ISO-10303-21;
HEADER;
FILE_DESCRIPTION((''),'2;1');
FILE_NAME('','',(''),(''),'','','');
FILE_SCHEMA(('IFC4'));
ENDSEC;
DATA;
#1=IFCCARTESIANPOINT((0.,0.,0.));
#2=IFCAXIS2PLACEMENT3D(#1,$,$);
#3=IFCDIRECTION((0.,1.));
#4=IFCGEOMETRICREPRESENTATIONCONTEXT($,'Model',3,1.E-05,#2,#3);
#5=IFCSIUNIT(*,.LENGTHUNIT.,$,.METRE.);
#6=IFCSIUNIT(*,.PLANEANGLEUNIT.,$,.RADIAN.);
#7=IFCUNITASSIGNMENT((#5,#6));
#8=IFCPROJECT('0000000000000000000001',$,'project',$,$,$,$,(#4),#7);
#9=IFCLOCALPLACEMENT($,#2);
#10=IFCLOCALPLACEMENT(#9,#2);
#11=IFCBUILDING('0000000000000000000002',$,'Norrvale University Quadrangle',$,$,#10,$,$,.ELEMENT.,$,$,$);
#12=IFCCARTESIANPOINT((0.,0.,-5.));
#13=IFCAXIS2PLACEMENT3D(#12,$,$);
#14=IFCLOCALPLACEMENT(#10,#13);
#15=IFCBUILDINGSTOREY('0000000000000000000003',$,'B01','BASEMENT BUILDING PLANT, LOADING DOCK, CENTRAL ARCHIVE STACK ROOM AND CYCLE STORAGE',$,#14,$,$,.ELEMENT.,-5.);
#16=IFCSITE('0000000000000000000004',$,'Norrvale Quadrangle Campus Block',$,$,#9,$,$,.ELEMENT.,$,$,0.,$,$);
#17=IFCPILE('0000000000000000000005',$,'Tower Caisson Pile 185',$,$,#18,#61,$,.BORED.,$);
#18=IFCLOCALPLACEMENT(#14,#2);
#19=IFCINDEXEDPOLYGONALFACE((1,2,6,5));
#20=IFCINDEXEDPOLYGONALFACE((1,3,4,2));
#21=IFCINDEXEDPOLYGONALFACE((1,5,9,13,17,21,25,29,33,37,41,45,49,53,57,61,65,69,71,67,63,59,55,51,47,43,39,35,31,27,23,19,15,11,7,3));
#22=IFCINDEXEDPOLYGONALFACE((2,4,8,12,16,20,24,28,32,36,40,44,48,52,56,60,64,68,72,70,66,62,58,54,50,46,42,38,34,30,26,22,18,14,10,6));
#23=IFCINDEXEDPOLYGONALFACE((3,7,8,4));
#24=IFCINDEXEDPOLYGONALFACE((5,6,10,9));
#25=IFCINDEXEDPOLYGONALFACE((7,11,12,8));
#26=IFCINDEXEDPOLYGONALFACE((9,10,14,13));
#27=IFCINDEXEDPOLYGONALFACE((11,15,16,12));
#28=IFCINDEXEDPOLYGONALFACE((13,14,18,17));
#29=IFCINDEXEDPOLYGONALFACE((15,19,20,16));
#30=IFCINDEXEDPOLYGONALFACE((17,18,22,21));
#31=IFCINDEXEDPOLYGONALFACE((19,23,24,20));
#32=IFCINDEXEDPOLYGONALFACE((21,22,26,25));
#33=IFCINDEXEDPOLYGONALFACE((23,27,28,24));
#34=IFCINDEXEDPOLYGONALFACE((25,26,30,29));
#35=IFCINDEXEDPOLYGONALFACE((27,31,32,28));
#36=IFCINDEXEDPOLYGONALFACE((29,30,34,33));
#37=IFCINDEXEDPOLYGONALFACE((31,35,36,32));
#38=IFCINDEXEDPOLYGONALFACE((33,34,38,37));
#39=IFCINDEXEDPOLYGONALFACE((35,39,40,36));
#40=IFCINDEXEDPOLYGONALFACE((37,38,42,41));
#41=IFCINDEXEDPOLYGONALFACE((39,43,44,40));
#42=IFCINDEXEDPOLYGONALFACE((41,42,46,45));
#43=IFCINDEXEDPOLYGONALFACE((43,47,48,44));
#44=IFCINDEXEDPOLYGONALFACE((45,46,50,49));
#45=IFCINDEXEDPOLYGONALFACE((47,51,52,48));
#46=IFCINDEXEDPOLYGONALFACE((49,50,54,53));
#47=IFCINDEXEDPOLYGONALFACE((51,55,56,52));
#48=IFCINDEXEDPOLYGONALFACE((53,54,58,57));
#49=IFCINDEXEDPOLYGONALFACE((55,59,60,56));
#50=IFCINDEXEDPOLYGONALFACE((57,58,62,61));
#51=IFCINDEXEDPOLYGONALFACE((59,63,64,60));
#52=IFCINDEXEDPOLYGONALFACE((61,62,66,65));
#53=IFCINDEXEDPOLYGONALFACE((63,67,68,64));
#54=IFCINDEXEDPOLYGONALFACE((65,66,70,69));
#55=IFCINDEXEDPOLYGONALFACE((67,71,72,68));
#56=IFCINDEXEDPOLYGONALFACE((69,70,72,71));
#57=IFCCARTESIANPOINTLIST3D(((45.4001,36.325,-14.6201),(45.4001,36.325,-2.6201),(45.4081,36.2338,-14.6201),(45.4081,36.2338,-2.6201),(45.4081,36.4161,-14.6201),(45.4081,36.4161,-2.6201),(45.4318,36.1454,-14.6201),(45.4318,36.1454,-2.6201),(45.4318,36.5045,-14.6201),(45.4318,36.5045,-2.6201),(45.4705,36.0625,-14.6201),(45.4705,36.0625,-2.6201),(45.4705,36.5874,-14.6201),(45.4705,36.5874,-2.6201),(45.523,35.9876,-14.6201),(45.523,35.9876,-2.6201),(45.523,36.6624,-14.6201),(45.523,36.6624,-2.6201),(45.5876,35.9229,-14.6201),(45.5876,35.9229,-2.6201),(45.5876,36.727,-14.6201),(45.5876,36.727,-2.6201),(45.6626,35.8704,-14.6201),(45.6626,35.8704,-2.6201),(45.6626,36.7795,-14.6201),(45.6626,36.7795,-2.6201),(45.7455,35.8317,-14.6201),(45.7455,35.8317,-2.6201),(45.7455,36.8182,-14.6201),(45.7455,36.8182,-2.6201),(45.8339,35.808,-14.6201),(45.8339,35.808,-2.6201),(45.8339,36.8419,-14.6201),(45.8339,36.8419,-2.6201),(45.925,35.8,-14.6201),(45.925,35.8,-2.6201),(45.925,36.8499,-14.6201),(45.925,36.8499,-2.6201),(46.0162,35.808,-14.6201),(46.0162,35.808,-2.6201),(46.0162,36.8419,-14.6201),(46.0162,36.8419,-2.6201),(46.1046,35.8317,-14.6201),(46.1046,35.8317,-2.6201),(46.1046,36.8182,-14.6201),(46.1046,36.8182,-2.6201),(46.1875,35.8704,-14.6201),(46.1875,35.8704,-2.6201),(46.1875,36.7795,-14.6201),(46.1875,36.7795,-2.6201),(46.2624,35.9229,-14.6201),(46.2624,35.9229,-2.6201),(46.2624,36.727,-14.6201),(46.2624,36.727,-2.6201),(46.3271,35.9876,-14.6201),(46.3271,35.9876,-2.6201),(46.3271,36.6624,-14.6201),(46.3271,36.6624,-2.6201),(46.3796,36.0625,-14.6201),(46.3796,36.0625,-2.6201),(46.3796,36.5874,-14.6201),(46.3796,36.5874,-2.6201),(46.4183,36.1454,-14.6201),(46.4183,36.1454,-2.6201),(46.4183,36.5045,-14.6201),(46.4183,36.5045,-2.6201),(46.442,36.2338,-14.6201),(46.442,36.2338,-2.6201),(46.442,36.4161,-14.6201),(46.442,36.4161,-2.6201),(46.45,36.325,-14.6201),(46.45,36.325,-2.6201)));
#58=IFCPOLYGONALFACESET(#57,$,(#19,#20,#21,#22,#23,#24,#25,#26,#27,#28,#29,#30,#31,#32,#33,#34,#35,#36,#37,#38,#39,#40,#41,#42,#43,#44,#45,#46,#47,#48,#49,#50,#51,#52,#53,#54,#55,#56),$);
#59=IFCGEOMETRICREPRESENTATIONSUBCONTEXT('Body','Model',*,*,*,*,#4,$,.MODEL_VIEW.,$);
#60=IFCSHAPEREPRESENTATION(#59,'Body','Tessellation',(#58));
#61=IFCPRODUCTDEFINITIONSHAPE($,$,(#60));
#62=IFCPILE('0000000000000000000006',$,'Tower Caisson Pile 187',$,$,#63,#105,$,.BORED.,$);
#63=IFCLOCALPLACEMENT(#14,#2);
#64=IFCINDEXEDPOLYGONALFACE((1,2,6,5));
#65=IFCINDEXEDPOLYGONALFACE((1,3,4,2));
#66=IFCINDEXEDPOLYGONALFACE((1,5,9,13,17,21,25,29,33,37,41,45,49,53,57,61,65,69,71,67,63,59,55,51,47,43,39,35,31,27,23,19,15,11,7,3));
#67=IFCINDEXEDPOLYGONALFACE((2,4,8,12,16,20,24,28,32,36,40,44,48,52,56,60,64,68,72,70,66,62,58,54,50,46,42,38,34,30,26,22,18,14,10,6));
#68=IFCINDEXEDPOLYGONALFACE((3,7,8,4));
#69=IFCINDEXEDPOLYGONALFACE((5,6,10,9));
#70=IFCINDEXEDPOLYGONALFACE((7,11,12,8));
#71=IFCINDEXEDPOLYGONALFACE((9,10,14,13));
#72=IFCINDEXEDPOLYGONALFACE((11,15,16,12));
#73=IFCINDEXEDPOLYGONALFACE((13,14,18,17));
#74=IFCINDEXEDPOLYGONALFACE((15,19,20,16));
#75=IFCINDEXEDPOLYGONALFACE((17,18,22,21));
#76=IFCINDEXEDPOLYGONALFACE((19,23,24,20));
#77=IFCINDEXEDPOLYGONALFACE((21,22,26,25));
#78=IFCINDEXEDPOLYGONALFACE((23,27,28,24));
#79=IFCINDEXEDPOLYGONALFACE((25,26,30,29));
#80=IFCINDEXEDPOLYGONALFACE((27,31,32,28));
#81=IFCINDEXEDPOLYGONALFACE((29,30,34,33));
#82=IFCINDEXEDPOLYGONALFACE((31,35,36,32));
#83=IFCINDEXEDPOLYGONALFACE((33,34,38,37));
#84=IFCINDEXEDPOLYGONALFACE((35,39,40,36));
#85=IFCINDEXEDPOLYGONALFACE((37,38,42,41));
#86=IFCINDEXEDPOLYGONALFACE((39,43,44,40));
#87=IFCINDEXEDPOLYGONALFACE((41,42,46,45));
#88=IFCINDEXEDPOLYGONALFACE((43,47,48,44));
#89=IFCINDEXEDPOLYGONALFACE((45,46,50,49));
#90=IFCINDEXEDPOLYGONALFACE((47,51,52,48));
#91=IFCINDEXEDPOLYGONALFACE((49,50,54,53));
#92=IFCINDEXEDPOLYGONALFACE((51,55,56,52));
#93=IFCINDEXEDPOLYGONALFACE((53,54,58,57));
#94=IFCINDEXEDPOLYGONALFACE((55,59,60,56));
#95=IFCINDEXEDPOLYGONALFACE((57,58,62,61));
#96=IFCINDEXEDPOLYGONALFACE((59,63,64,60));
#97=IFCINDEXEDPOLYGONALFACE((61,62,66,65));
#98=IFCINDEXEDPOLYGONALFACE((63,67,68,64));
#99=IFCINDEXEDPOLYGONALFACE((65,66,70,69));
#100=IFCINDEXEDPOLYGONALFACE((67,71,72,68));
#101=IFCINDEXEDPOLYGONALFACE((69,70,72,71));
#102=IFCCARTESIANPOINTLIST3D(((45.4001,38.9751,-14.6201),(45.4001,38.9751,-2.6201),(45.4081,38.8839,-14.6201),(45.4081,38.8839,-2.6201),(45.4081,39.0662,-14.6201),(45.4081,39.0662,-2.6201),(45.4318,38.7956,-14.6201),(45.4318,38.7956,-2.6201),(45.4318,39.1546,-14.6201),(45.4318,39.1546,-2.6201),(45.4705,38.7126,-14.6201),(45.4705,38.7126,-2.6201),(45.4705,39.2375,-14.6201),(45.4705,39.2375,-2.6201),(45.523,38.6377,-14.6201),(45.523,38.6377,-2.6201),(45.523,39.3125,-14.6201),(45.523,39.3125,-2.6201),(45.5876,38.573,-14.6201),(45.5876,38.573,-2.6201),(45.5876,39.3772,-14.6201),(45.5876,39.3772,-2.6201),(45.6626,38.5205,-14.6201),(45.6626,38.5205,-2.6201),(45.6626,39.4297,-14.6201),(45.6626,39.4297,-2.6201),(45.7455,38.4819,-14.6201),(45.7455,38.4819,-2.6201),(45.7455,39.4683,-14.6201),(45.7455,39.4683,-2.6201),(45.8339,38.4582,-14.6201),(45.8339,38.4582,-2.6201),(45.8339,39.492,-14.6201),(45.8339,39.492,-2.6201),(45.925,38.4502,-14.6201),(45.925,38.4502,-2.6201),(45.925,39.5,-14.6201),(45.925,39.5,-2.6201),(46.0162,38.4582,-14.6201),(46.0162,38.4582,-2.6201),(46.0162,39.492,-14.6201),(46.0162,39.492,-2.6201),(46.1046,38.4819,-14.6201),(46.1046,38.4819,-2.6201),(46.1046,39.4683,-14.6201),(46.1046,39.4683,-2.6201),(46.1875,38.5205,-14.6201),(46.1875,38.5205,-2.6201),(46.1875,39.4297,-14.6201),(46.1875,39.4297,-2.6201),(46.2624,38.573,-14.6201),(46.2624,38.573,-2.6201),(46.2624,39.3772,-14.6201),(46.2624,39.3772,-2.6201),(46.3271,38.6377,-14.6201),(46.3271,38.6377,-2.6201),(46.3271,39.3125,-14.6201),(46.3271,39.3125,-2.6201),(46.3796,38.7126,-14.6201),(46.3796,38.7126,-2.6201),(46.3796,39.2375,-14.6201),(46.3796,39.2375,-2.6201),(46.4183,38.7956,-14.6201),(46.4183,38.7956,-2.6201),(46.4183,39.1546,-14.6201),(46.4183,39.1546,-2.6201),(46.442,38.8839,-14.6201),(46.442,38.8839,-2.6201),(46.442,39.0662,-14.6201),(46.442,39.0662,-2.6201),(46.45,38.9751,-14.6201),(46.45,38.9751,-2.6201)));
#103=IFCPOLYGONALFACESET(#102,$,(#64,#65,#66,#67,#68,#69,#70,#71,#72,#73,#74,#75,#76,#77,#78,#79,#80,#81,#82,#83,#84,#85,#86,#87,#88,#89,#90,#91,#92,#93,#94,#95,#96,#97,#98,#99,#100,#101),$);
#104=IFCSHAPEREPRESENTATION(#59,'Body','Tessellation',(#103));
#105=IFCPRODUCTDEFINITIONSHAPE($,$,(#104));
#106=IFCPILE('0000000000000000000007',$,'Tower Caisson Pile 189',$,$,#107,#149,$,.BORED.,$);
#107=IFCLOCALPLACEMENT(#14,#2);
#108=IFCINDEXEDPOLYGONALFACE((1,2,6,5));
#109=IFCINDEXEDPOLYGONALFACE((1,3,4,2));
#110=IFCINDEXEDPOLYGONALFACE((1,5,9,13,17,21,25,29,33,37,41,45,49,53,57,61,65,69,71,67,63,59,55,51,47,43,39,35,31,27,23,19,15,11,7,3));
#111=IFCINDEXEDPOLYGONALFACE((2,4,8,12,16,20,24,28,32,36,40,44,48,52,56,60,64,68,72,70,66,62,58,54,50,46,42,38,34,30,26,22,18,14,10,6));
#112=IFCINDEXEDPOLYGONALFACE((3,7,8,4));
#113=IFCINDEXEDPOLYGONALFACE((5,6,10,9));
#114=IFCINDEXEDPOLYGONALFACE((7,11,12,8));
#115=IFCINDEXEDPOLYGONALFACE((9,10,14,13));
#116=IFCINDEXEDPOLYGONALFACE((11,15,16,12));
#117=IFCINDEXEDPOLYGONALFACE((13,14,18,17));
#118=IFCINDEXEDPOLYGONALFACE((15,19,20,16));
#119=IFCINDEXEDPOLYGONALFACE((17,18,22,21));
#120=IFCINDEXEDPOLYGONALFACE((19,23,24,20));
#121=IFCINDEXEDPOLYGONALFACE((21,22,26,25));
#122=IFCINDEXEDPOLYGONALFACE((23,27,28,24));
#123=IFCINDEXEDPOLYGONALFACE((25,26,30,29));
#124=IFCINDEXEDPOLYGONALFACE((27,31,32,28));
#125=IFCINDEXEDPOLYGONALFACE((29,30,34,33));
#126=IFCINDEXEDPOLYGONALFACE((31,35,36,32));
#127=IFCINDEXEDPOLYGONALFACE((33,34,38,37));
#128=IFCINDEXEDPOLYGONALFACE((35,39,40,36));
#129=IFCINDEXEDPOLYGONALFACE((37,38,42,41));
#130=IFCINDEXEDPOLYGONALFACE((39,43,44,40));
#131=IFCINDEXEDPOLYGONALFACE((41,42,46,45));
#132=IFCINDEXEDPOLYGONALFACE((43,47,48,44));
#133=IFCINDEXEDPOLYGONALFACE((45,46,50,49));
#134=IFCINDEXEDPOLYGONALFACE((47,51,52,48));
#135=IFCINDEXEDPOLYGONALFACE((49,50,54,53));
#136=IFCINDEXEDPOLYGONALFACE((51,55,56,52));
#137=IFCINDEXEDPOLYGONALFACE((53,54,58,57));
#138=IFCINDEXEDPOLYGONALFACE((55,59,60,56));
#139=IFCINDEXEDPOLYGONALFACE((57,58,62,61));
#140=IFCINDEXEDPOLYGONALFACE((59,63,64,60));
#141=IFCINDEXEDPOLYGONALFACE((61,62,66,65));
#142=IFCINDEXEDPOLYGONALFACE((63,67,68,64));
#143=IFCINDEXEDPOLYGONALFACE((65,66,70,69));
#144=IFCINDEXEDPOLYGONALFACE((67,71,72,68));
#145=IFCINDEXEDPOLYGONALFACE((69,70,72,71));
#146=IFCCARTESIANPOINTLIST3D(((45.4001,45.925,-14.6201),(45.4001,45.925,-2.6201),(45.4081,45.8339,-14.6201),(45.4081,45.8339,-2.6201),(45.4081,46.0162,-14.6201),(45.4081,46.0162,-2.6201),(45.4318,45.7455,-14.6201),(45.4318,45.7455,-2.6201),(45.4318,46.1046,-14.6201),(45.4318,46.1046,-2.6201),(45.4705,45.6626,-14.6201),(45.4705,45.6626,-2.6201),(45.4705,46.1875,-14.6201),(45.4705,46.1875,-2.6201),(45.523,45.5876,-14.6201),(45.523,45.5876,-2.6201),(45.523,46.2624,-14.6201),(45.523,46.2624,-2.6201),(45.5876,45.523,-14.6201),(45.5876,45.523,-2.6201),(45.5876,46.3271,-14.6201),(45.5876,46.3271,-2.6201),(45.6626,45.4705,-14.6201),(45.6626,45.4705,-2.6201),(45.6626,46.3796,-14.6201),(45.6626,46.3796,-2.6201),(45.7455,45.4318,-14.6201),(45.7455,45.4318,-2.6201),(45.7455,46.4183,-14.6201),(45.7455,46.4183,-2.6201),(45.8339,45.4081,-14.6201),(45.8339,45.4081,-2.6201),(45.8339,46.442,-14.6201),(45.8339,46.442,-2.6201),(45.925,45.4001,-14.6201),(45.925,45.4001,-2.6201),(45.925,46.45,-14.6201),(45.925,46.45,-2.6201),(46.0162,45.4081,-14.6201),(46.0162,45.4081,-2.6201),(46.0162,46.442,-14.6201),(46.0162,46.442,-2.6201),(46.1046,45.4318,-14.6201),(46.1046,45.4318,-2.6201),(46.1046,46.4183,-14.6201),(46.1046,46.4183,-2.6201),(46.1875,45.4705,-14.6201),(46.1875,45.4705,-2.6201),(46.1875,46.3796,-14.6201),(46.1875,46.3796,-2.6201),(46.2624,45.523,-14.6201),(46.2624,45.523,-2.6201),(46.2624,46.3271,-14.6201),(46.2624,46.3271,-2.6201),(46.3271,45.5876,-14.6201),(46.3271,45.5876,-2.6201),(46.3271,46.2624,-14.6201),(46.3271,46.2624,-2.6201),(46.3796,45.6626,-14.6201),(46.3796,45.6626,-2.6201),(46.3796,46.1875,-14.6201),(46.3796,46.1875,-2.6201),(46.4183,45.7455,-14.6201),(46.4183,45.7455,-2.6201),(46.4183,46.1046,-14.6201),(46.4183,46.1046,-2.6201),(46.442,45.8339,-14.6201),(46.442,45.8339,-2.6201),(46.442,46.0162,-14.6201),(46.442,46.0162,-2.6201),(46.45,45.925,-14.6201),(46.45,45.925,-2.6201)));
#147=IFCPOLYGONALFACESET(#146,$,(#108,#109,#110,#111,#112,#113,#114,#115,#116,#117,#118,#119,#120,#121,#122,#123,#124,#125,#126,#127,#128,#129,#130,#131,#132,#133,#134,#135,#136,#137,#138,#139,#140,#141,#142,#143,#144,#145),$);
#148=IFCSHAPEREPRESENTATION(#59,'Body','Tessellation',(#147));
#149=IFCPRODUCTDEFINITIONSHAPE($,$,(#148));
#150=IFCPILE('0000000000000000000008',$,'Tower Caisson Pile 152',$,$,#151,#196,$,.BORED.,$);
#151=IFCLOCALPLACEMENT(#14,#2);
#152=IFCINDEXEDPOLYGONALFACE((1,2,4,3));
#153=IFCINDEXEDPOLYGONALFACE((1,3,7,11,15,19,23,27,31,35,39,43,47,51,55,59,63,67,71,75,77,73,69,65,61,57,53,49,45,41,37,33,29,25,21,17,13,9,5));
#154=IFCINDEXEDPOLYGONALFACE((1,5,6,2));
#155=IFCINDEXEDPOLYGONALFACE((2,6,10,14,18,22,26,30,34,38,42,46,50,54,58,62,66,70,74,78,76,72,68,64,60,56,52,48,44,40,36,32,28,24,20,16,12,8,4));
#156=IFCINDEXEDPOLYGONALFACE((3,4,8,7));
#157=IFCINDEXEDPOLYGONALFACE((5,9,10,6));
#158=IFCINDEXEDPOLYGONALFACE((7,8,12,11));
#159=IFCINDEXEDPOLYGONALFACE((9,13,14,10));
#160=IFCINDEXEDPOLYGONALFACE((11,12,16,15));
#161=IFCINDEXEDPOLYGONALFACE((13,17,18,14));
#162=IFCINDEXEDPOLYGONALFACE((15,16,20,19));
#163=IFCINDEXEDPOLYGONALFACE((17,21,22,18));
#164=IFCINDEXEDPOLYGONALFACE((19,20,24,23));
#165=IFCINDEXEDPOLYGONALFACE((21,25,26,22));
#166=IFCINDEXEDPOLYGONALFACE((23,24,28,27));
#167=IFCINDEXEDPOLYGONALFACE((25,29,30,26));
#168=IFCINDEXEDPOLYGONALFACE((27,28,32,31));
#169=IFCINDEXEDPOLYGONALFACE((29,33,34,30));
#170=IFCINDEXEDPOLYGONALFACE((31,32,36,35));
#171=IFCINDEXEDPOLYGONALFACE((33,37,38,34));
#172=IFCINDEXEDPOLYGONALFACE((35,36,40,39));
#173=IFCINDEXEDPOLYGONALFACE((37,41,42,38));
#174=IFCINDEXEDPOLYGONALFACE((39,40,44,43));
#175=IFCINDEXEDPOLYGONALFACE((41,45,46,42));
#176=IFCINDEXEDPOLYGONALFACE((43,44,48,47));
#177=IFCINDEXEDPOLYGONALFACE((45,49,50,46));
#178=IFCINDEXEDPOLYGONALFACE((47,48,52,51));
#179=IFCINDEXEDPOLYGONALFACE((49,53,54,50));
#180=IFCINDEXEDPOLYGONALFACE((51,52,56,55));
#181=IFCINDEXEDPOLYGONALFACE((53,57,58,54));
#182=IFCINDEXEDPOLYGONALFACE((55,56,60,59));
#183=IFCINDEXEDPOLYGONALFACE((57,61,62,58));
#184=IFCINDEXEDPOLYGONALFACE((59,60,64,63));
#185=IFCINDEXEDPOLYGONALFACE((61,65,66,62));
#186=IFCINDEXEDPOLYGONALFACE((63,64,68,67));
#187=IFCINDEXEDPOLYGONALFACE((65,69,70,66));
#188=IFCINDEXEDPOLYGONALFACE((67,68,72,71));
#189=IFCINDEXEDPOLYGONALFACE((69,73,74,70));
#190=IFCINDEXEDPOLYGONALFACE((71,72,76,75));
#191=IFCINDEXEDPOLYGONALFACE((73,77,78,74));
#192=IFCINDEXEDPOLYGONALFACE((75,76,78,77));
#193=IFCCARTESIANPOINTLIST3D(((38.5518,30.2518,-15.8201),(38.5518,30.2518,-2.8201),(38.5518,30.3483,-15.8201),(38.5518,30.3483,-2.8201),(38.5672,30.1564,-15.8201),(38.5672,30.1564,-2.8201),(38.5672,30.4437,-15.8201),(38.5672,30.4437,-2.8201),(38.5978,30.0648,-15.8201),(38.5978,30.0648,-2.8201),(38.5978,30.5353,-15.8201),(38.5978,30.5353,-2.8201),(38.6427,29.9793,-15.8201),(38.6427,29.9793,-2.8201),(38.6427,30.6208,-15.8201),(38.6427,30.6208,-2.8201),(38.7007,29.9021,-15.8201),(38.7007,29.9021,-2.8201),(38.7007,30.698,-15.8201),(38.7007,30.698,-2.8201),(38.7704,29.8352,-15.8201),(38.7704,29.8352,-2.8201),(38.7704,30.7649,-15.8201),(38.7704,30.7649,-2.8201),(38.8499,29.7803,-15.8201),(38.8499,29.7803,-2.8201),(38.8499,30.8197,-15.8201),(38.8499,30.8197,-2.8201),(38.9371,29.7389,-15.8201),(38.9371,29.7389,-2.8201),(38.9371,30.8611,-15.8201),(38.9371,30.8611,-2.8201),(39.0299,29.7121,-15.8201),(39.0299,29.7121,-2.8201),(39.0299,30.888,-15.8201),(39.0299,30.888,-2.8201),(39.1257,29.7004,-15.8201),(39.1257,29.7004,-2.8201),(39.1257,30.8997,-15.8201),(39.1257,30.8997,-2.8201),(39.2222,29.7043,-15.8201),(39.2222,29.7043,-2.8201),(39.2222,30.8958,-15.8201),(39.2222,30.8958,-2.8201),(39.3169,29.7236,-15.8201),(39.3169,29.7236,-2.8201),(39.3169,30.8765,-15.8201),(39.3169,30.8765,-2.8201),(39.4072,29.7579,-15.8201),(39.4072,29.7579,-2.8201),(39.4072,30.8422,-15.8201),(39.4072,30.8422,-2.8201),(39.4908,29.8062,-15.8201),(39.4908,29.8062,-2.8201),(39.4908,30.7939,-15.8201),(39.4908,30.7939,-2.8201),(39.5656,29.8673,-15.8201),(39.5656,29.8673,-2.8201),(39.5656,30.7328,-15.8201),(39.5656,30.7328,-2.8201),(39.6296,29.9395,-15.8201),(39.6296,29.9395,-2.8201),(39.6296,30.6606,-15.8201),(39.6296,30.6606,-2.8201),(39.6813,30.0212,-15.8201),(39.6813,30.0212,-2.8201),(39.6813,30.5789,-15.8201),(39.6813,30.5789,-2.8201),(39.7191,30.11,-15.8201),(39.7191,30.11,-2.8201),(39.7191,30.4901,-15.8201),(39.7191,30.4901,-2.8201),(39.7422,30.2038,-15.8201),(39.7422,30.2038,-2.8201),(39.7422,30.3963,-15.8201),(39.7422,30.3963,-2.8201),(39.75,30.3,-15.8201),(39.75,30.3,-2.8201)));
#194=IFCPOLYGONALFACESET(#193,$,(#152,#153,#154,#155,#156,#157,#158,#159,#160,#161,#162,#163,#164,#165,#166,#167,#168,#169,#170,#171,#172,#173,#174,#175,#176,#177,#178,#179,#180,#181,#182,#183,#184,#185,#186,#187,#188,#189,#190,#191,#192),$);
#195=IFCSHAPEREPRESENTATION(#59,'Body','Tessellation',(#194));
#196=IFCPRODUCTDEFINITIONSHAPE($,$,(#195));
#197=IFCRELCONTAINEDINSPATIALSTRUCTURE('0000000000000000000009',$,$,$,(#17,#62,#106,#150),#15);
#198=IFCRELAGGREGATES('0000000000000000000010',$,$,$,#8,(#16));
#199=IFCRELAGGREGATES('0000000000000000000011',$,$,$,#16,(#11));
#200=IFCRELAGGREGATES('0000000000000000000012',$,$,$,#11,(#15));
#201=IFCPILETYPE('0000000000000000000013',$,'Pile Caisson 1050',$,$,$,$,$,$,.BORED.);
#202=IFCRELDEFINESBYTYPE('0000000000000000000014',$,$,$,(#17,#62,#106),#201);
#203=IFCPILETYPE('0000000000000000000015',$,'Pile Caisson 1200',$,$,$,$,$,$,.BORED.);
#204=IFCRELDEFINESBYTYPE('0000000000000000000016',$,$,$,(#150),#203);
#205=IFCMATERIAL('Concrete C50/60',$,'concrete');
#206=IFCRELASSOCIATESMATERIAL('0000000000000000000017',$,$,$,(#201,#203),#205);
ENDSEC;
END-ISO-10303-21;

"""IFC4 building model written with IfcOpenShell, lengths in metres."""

from ifc_helpers import new_model, si_unit, direction, frame, origin, origin_2d, place, context, subcontext, project, spatial, circle, extrude, material, material_profile, profile_set, type_object, element, save


model = new_model("IFC4")

# Units and contexts
model_context = context("Model", 3, precision=1e-05, world=origin(), true_north=direction((0.0, 1.0)))
body_context = subcontext(model_context, "Body", "Model", "MODEL_VIEW")
ifc_project = project(units=[si_unit("LENGTHUNIT", "METRE"), si_unit("PLANEANGLEUNIT", "RADIAN")], contexts=[model_context])

# Site, building, storey
site_placement = place(None, origin())
site = spatial("IfcSite", under=ifc_project, at=site_placement, Name="Norrvale Quadrangle Campus Block", CompositionType="ELEMENT", RefElevation=0.0)
building_placement = place(site_placement, origin())
building = spatial("IfcBuilding", under=site, at=building_placement, Name="Norrvale University Quadrangle", CompositionType="ELEMENT")
storey_placement = place(building_placement, frame((0.0, 0.0, -5.0)))
storey = spatial("IfcBuildingStorey", under=building, at=storey_placement, Name="B01", Description="BASEMENT BUILDING PLANT, LOADING DOCK, CENTRAL ARCHIVE STACK ROOM AND CYCLE STORAGE", CompositionType="ELEMENT", Elevation=-5.0)

# Shared definitions
ifc_material_1 = material(Name="Concrete C50/60", Category="concrete")

# Piles
ifc_material_profile_1 = material_profile(ifc_material_1, circle(Radius=0.5249, at=origin_2d()), Name="Concrete C50/60")
ifc_profile_set_1 = profile_set([ifc_material_profile_1], Name="Concrete C50/60")
pile_type_1 = type_object("IfcPileType", Name="Pile Caisson 1050", PredefinedType="BORED", material=ifc_profile_set_1)
for number, where, z_axis, x_axis, name in (
    (1, (45.925, 36.325, -2.6201), (0.0, 0.0, -1.0), (1.0, 0.0, 0.0), "Tower Caisson Pile 185"),
    (2, (45.925, 38.9751, -2.6201), (0.0, 0.0, -1.0), (1.0, 0.0, 0.0), "Tower Caisson Pile 187"),
    (3, (45.925, 45.925, -2.6201), (0.0, 0.0, -1.0), (1.0, 0.0, 0.0), "Tower Caisson Pile 189"),
):
    element("IfcPile", number, at=place(storey_placement, frame(where, z_axis=z_axis, x_axis=x_axis)), inside=storey, type_object=pile_type_1, Name=name, PredefinedType="BORED", context=body_context, shape_type="SweptSolid", body=[
        extrude(circle(Radius=0.5249, at=origin_2d()), origin(), (0.0, 0.0, 1.0), 12.0),
    ])
ifc_material_profile_2 = material_profile(ifc_material_1, circle(Radius=0.6001, at=origin_2d()), Name="Concrete C50/60")
ifc_profile_set_2 = profile_set([ifc_material_profile_2], Name="Concrete C50/60")
pile_type_2 = type_object("IfcPileType", Name="Pile Caisson 1200", PredefinedType="BORED", material=ifc_profile_set_2)
for number, where, z_axis, x_axis, name in (
    (4, (39.1499, 30.3, -2.8201), (0.0, 0.0, -1.0), (1.0, 0.0, 0.0), "Tower Caisson Pile 152"),
):
    element("IfcPile", number, at=place(storey_placement, frame(where, z_axis=z_axis, x_axis=x_axis)), inside=storey, type_object=pile_type_2, Name=name, PredefinedType="BORED", context=body_context, shape_type="SweptSolid", body=[
        extrude(circle(Radius=0.6001, at=origin_2d()), origin(), (0.0, 0.0, 1.0), 13.0),
    ])

save(model, "model.ifc")
